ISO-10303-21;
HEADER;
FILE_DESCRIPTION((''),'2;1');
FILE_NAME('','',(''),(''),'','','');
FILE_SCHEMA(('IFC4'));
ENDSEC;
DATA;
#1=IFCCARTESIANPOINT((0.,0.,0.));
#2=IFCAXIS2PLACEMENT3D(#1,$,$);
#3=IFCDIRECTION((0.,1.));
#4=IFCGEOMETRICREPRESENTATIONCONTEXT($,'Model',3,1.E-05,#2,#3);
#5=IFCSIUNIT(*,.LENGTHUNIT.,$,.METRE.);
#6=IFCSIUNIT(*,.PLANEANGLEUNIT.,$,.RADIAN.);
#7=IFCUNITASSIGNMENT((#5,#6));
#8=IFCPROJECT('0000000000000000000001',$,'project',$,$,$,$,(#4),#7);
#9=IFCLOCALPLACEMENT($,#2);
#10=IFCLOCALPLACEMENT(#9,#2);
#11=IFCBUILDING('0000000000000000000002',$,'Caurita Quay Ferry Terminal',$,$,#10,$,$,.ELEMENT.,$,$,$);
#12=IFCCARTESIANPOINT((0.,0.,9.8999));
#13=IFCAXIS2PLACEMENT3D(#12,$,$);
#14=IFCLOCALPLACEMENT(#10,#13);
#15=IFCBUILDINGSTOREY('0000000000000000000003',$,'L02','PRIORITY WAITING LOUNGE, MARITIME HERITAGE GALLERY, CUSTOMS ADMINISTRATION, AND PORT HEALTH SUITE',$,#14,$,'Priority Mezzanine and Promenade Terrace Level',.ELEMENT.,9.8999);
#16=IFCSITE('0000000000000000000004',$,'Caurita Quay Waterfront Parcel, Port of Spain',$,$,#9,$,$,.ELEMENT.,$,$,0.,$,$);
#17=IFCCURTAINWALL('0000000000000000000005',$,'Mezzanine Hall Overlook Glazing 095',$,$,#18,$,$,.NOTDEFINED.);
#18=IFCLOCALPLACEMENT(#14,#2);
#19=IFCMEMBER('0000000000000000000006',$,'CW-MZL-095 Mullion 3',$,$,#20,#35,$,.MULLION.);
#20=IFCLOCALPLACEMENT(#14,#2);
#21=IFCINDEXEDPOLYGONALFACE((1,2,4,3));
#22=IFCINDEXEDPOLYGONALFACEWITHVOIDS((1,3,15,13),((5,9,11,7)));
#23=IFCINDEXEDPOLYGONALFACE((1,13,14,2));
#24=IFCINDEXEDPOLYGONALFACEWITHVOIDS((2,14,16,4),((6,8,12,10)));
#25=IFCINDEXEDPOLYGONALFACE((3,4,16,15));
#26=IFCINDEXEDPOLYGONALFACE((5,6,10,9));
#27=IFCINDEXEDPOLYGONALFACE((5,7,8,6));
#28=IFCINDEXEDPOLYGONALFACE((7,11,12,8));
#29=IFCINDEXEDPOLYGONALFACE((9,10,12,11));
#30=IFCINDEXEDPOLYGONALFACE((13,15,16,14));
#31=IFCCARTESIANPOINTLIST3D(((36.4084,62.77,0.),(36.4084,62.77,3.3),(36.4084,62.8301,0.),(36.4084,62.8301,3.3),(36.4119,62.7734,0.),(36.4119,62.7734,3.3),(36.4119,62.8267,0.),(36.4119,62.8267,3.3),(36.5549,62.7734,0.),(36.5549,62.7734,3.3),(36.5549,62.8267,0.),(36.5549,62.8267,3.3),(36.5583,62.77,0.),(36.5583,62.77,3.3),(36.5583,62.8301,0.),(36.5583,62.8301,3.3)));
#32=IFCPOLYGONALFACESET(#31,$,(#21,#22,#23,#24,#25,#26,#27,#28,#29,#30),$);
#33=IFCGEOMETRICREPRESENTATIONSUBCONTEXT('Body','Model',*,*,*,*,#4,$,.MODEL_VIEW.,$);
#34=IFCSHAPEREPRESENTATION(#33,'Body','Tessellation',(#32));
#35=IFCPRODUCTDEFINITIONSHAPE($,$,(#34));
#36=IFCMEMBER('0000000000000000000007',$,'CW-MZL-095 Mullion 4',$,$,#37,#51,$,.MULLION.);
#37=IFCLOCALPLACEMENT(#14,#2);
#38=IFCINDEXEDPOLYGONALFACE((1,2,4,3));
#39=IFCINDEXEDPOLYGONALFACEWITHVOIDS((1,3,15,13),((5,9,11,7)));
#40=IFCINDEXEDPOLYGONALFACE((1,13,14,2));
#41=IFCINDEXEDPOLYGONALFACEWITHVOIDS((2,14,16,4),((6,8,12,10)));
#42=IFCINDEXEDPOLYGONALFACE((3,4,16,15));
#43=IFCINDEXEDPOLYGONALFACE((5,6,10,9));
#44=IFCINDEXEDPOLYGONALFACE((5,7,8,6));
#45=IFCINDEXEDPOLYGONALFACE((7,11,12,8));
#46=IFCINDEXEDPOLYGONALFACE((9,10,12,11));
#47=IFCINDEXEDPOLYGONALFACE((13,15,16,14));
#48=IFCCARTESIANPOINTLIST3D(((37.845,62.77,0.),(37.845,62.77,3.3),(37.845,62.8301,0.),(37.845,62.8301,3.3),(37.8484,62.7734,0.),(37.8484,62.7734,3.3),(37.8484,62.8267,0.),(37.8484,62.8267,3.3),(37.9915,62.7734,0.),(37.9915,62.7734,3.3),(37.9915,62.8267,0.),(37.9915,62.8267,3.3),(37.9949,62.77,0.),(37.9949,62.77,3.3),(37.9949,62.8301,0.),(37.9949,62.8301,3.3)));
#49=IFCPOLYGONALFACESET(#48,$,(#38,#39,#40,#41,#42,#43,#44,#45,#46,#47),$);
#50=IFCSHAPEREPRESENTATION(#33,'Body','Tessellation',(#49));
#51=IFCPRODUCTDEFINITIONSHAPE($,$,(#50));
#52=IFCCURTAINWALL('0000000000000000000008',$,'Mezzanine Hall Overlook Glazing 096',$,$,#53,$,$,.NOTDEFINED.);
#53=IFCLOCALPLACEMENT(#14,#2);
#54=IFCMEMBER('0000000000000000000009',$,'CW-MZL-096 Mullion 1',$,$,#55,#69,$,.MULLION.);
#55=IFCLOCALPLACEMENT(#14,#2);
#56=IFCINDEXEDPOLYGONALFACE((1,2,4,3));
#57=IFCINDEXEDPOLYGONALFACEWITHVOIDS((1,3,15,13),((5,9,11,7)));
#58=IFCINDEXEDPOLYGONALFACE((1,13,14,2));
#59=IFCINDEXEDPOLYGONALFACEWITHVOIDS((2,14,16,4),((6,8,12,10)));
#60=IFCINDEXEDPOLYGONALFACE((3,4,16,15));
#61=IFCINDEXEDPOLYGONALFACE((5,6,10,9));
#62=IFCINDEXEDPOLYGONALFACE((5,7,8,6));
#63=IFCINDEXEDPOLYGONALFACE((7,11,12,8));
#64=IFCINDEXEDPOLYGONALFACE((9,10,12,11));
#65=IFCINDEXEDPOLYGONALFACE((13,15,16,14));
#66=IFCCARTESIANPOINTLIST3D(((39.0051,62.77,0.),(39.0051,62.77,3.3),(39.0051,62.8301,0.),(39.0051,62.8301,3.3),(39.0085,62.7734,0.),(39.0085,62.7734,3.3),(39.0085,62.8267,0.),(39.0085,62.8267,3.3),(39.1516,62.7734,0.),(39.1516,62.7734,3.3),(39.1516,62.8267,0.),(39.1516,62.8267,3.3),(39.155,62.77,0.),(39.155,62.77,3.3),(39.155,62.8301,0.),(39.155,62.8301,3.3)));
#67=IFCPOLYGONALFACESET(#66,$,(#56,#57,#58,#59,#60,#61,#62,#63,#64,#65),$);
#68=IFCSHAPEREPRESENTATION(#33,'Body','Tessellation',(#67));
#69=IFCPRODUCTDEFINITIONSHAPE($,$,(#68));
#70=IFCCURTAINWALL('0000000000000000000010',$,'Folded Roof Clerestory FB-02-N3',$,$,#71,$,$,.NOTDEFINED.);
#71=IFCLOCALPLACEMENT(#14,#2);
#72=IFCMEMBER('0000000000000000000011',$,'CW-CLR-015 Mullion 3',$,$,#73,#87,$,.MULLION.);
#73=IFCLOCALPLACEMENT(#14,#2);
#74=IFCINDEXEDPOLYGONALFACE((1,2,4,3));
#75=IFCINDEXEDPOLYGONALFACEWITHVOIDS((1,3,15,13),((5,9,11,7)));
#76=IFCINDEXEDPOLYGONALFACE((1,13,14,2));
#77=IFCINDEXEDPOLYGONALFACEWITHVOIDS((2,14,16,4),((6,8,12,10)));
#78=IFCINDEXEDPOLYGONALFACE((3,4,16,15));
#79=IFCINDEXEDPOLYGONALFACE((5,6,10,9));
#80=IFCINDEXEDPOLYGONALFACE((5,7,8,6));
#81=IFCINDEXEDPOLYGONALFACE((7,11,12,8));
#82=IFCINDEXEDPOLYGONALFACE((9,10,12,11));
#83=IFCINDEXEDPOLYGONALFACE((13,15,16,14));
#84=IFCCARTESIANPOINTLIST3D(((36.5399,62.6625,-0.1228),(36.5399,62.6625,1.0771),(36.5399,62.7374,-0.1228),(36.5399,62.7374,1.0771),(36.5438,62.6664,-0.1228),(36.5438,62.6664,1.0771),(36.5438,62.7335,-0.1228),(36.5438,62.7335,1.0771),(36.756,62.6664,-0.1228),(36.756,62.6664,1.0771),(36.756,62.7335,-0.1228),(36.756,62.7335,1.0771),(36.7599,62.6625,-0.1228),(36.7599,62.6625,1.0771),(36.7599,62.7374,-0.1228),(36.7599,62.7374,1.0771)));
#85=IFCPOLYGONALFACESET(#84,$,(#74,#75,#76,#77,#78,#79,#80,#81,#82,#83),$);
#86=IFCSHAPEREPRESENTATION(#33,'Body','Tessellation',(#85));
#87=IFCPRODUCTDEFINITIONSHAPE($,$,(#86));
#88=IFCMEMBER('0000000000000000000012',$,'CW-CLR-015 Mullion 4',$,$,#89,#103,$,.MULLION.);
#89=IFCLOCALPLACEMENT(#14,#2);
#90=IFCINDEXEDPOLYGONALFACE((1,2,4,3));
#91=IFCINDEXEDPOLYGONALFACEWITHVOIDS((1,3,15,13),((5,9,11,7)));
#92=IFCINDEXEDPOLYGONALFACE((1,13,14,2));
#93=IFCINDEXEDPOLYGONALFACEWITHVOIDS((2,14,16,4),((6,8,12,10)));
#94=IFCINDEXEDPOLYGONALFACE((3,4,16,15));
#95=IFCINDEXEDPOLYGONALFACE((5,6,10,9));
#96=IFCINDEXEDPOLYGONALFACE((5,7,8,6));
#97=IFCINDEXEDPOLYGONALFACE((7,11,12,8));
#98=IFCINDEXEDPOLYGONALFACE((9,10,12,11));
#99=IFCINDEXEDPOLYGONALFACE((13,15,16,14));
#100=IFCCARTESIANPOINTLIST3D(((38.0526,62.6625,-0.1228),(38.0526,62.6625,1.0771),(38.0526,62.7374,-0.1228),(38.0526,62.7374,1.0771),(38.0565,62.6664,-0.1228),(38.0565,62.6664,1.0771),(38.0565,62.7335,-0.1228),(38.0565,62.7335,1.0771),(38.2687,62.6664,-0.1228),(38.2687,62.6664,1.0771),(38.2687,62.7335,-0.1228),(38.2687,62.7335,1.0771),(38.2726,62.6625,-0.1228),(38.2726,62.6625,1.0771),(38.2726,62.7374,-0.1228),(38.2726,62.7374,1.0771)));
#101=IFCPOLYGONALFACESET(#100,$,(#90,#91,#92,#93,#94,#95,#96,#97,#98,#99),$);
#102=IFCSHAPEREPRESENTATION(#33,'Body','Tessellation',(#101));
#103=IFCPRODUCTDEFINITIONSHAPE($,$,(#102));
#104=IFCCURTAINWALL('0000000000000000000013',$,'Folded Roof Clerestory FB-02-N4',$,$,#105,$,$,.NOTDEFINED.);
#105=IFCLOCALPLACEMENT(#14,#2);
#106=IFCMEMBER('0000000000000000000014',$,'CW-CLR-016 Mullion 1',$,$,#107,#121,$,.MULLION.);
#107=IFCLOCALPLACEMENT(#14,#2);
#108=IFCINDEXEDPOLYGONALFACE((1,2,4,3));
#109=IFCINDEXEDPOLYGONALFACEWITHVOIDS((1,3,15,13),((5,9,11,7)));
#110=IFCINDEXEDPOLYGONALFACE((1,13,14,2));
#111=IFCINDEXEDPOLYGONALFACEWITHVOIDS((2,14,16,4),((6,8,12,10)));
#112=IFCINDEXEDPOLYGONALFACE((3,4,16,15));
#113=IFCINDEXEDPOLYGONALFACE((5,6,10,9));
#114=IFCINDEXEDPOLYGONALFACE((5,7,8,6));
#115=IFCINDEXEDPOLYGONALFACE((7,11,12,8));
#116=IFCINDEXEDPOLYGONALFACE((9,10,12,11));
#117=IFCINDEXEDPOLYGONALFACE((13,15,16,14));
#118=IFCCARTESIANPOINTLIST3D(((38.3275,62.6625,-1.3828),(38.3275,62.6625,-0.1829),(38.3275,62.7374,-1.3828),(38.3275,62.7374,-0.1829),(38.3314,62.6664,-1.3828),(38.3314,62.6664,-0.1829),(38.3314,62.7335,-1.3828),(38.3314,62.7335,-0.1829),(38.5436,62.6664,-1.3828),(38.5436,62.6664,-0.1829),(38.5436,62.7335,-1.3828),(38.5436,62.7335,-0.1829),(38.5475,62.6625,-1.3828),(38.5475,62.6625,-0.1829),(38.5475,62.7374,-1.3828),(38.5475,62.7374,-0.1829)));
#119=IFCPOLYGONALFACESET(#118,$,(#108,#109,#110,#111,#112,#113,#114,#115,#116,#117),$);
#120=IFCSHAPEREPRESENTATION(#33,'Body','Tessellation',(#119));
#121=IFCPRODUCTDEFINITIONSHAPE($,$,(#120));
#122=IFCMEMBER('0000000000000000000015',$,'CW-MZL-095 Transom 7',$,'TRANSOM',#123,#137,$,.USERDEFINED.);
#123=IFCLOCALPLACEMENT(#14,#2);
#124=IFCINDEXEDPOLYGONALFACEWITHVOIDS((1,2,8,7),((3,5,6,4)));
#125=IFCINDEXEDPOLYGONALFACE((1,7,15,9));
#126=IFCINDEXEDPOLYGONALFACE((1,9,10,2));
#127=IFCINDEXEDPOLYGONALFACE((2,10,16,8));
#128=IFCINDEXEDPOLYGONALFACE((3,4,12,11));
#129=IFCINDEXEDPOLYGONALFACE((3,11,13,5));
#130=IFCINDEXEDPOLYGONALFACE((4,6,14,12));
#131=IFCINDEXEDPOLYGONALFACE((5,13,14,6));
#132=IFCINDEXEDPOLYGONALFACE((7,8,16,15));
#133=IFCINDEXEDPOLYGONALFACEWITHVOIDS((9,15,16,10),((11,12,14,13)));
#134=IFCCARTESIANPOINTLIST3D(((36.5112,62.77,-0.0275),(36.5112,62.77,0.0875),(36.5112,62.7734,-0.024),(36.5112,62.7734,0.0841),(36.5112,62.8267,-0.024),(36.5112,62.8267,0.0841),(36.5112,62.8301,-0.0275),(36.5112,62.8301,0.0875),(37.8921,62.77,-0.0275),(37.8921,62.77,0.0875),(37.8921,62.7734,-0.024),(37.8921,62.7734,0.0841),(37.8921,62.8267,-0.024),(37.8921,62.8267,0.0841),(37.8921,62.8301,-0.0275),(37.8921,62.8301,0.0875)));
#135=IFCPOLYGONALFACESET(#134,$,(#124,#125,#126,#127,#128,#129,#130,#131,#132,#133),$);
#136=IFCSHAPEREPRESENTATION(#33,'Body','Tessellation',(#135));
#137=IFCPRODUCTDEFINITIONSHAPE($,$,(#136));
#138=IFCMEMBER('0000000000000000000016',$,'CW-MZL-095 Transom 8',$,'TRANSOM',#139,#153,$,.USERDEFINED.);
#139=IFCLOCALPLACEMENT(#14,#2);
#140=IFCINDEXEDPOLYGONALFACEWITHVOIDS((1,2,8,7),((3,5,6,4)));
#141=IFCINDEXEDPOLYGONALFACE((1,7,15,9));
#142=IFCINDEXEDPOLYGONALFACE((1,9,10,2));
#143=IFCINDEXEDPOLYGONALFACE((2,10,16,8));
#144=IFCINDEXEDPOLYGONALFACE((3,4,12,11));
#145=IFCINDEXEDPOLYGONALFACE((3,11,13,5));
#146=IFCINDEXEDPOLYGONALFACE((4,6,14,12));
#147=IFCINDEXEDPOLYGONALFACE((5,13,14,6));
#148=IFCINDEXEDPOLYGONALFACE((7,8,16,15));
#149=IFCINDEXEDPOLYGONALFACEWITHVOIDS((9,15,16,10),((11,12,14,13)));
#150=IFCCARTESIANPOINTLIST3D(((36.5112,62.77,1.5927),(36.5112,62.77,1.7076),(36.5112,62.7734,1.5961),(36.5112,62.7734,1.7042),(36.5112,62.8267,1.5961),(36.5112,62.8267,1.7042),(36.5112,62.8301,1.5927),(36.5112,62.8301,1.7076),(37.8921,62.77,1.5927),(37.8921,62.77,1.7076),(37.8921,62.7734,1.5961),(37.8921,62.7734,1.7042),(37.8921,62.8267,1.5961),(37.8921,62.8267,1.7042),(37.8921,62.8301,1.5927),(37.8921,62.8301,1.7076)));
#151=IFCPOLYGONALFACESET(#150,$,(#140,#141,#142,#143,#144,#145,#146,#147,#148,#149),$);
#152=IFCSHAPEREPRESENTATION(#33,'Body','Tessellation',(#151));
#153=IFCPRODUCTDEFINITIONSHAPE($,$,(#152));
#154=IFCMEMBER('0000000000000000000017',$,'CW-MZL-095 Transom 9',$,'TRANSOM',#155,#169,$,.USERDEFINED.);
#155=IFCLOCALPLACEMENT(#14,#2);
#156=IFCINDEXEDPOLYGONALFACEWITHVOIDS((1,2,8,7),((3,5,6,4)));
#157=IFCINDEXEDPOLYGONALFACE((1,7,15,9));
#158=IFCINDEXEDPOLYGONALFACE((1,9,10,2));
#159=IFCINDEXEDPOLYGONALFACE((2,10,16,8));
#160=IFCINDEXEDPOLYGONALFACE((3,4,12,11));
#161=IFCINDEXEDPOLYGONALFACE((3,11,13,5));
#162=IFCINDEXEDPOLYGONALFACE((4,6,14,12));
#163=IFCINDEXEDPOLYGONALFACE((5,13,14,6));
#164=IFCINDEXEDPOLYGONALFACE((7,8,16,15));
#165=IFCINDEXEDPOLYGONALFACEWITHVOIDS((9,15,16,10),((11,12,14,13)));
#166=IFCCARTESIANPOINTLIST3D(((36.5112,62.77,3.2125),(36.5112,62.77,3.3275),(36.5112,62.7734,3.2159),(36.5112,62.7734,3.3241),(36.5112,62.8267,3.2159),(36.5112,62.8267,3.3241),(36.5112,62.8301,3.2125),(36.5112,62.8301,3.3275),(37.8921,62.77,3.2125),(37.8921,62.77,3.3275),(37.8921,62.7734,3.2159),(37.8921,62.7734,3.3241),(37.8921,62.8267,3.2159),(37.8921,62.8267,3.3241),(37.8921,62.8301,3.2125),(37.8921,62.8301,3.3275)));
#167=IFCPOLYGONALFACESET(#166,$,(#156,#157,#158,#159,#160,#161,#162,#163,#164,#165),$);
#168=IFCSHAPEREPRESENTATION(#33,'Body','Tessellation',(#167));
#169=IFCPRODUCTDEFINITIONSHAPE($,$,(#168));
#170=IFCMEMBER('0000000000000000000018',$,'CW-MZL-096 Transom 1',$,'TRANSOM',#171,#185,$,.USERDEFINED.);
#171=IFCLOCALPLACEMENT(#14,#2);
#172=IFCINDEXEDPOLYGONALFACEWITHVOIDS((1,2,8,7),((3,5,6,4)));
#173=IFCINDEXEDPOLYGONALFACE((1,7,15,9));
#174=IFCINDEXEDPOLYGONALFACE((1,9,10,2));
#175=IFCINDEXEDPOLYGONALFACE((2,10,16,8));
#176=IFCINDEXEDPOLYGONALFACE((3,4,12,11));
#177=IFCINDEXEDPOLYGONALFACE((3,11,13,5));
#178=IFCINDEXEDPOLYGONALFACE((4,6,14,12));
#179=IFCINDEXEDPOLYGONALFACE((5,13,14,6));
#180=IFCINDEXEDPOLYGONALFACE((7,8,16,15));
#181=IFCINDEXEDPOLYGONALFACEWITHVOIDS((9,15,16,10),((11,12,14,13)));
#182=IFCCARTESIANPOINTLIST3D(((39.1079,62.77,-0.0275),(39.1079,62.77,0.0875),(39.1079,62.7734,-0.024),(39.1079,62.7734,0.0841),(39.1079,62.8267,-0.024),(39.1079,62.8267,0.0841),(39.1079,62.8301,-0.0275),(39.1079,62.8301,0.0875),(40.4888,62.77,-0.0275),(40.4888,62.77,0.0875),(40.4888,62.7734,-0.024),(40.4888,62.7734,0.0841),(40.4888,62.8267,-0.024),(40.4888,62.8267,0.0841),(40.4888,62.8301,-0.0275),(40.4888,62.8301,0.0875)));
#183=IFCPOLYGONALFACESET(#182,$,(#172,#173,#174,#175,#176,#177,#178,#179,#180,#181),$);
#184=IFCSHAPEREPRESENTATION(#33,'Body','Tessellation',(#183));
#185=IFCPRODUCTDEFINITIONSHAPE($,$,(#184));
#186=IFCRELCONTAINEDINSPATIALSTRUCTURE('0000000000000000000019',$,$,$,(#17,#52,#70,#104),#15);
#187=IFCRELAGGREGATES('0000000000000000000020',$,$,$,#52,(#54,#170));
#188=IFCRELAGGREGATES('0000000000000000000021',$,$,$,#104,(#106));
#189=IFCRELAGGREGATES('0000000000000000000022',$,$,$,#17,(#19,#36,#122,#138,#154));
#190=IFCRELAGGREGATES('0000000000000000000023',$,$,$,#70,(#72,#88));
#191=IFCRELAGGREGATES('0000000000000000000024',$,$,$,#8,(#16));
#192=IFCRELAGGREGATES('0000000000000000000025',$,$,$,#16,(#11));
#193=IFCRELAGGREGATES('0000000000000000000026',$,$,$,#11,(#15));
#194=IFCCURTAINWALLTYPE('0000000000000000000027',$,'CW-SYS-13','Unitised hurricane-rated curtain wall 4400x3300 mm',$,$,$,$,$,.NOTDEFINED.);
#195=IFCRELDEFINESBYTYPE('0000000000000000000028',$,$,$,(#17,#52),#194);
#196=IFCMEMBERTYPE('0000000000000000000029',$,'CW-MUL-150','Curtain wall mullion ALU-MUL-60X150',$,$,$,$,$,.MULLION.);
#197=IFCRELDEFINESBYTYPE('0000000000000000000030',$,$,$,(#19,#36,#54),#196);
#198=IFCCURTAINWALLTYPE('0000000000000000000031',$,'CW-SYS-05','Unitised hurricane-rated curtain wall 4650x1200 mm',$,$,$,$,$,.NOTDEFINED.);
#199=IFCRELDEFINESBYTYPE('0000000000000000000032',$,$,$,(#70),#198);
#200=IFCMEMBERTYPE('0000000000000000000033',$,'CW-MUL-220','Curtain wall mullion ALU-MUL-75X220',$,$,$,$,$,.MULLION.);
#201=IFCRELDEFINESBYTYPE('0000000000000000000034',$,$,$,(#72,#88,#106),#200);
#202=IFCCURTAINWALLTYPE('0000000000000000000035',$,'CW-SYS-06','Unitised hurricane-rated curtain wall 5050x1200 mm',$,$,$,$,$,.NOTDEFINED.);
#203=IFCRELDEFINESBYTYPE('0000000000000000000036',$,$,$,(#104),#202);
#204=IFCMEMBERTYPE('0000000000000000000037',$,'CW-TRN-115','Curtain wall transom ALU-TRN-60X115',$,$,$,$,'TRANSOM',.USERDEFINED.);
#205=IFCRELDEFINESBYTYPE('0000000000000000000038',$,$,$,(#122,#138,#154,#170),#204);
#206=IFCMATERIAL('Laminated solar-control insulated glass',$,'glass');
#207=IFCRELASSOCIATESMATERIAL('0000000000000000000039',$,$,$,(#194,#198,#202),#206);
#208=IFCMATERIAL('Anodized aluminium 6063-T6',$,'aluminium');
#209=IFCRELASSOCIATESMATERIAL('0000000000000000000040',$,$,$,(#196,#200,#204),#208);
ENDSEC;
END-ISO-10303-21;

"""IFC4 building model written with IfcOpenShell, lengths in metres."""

from ifc_helpers import new_model, si_unit, direction, frame, origin, origin_2d, place, context, subcontext, project, spatial, hollow_rectangle, extrude, material, material_profile, profile_set, type_object, element, aggregate, save


model = new_model("IFC4")

# Units and contexts
model_context = context("Model", 3, precision=1e-05, world=origin(), true_north=direction((0.0, 1.0)))
body_context = subcontext(model_context, "Body", "Model", "MODEL_VIEW")
ifc_project = project(units=[si_unit("LENGTHUNIT", "METRE"), si_unit("PLANEANGLEUNIT", "RADIAN")], contexts=[model_context])

# Site, building, storey
site_placement = place(None, origin())
site = spatial("IfcSite", under=ifc_project, at=site_placement, Name="Caurita Quay Waterfront Parcel, Port of Spain", CompositionType="ELEMENT", RefElevation=0.0)
building_placement = place(site_placement, origin())
building = spatial("IfcBuilding", under=site, at=building_placement, Name="Caurita Quay Ferry Terminal", CompositionType="ELEMENT")
storey_placement = place(building_placement, frame((0.0, 0.0, 9.8999)))
storey = spatial("IfcBuildingStorey", under=building, at=storey_placement, Name="L02", Description="PRIORITY WAITING LOUNGE, MARITIME HERITAGE GALLERY, CUSTOMS ADMINISTRATION, AND PORT HEALTH SUITE", LongName="Priority Mezzanine and Promenade Terrace Level", CompositionType="ELEMENT", Elevation=9.8999)

# Curtain wall, members
ifc_material_1 = material(Name="Laminated solar-control insulated glass", Category="glass")
curtain_wall_type_1 = type_object("IfcCurtainWallType", Name="CW-SYS-13", Description="Unitised hurricane-rated curtain wall 4400x3300 mm", PredefinedType="NOTDEFINED", material=ifc_material_1)
curtain_wall_1_placement = place(storey_placement, origin())
curtain_wall_1 = element("IfcCurtainWall", 1, at=curtain_wall_1_placement, inside=storey, type_object=curtain_wall_type_1, Name="Mezzanine Hall Overlook Glazing 095", PredefinedType="NOTDEFINED")
ifc_material_2 = material(Name="Anodized aluminium 6063-T6", Category="aluminium")
ifc_material_profile_1 = material_profile(ifc_material_2, hollow_rectangle(XDim=0.0601, YDim=0.1499, WallThickness=0.0034, at=origin_2d()), Name="ALU-MUL-60X150")
ifc_profile_set_1 = profile_set([ifc_material_profile_1], Name="Anodized aluminium 6063-T6")
member_type_1 = type_object("IfcMemberType", Name="CW-MUL-150", Description="Curtain wall mullion ALU-MUL-60X150", PredefinedType="MULLION", material=ifc_profile_set_1)
member_1_placement = place(storey_placement, frame((36.4834, 62.8, 0.0), z_axis=(0.0, 0.0, 1.0), x_axis=(0.0, 1.0, 0.0)))
member_1 = element("IfcMember", 2, at=member_1_placement, type_object=member_type_1, Name="CW-MZL-095 Mullion 3", PredefinedType="MULLION", context=body_context, shape_type="SweptSolid", body=[
    extrude(hollow_rectangle(XDim=0.0601, YDim=0.1499, WallThickness=0.0034, at=origin_2d()), origin(), (0.0, 0.0, 1.0), 3.3),
])
member_2_placement = place(storey_placement, frame((37.9199, 62.8, 0.0), z_axis=(0.0, 0.0, 1.0), x_axis=(0.0, 1.0, 0.0)))
member_2 = element("IfcMember", 3, at=member_2_placement, type_object=member_type_1, Name="CW-MZL-095 Mullion 4", PredefinedType="MULLION", context=body_context, shape_type="SweptSolid", body=[
    extrude(hollow_rectangle(XDim=0.0601, YDim=0.1499, WallThickness=0.0034, at=origin_2d()), origin(), (0.0, 0.0, 1.0), 3.3),
])

# Curtain wall, member
curtain_wall_2_placement = place(storey_placement, origin())
curtain_wall_2 = element("IfcCurtainWall", 4, at=curtain_wall_2_placement, inside=storey, type_object=curtain_wall_type_1, Name="Mezzanine Hall Overlook Glazing 096", PredefinedType="NOTDEFINED")
member_3_placement = place(storey_placement, frame((39.0801, 62.8, 0.0), z_axis=(0.0, 0.0, 1.0), x_axis=(0.0, 1.0, 0.0)))
member_3 = element("IfcMember", 5, at=member_3_placement, type_object=member_type_1, Name="CW-MZL-096 Mullion 1", PredefinedType="MULLION", context=body_context, shape_type="SweptSolid", body=[
    extrude(hollow_rectangle(XDim=0.0601, YDim=0.1499, WallThickness=0.0034, at=origin_2d()), origin(), (0.0, 0.0, 1.0), 3.3),
])

# Curtain wall, members
curtain_wall_type_2 = type_object("IfcCurtainWallType", Name="CW-SYS-05", Description="Unitised hurricane-rated curtain wall 4650x1200 mm", PredefinedType="NOTDEFINED", material=ifc_material_1)
curtain_wall_3_placement = place(storey_placement, origin())
curtain_wall_3 = element("IfcCurtainWall", 6, at=curtain_wall_3_placement, inside=storey, type_object=curtain_wall_type_2, Name="Folded Roof Clerestory FB-02-N3", PredefinedType="NOTDEFINED")
ifc_material_profile_2 = material_profile(ifc_material_2, hollow_rectangle(XDim=0.075, YDim=0.22, WallThickness=0.0039, at=origin_2d()), Name="ALU-MUL-75X220")
ifc_profile_set_2 = profile_set([ifc_material_profile_2], Name="Anodized aluminium 6063-T6")
member_type_2 = type_object("IfcMemberType", Name="CW-MUL-220", Description="Curtain wall mullion ALU-MUL-75X220", PredefinedType="MULLION", material=ifc_profile_set_2)
member_4_placement = place(storey_placement, frame((36.6499, 62.7, -0.1228), z_axis=(0.0, 0.0, 1.0), x_axis=(0.0, 1.0, 0.0)))
member_4 = element("IfcMember", 7, at=member_4_placement, type_object=member_type_2, Name="CW-CLR-015 Mullion 3", PredefinedType="MULLION", context=body_context, shape_type="SweptSolid", body=[
    extrude(hollow_rectangle(XDim=0.075, YDim=0.22, WallThickness=0.0039, at=origin_2d()), origin(), (0.0, 0.0, 1.0), 1.2),
])
member_5_placement = place(storey_placement, frame((38.1626, 62.7, -0.1228), z_axis=(0.0, 0.0, 1.0), x_axis=(0.0, 1.0, 0.0)))
member_5 = element("IfcMember", 8, at=member_5_placement, type_object=member_type_2, Name="CW-CLR-015 Mullion 4", PredefinedType="MULLION", context=body_context, shape_type="SweptSolid", body=[
    extrude(hollow_rectangle(XDim=0.075, YDim=0.22, WallThickness=0.0039, at=origin_2d()), origin(), (0.0, 0.0, 1.0), 1.2),
])

# Curtain wall, member
curtain_wall_type_3 = type_object("IfcCurtainWallType", Name="CW-SYS-06", Description="Unitised hurricane-rated curtain wall 5050x1200 mm", PredefinedType="NOTDEFINED", material=ifc_material_1)
curtain_wall_4_placement = place(storey_placement, origin())
curtain_wall_4 = element("IfcCurtainWall", 9, at=curtain_wall_4_placement, inside=storey, type_object=curtain_wall_type_3, Name="Folded Roof Clerestory FB-02-N4", PredefinedType="NOTDEFINED")
member_6_placement = place(storey_placement, frame((38.4375, 62.7, -1.3828), z_axis=(0.0, 0.0, 1.0), x_axis=(0.0, 1.0, 0.0)))
member_6 = element("IfcMember", 10, at=member_6_placement, type_object=member_type_2, Name="CW-CLR-016 Mullion 1", PredefinedType="MULLION", context=body_context, shape_type="SweptSolid", body=[
    extrude(hollow_rectangle(XDim=0.075, YDim=0.22, WallThickness=0.0039, at=origin_2d()), origin(), (0.0, 0.0, 1.0), 1.2),
])

# Members
ifc_material_profile_3 = material_profile(ifc_material_2, hollow_rectangle(XDim=0.0601, YDim=0.115, WallThickness=0.0034, at=origin_2d()), Name="ALU-TRN-60X115")
ifc_profile_set_3 = profile_set([ifc_material_profile_3], Name="Anodized aluminium 6063-T6")
member_type_3 = type_object("IfcMemberType", Name="CW-TRN-115", Description="Curtain wall transom ALU-TRN-60X115", ElementType="TRANSOM", PredefinedType="USERDEFINED", material=ifc_profile_set_3)
member_7_placement = place(storey_placement, frame((36.5112, 62.8, 0.03), z_axis=(1.0, 0.0, 0.0), x_axis=(0.0, 1.0, 0.0)))
member_7 = element("IfcMember", 11, at=member_7_placement, type_object=member_type_3, Name="CW-MZL-095 Transom 7", ObjectType="TRANSOM", PredefinedType="USERDEFINED", context=body_context, shape_type="SweptSolid", body=[
    extrude(hollow_rectangle(XDim=0.0601, YDim=0.115, WallThickness=0.0034, at=origin_2d()), origin(), (0.0, 0.0, 1.0), 1.3809),
])
member_8_placement = place(storey_placement, frame((36.5112, 62.8, 1.6501), z_axis=(1.0, 0.0, 0.0), x_axis=(0.0, 1.0, 0.0)))
member_8 = element("IfcMember", 12, at=member_8_placement, type_object=member_type_3, Name="CW-MZL-095 Transom 8", ObjectType="TRANSOM", PredefinedType="USERDEFINED", context=body_context, shape_type="SweptSolid", body=[
    extrude(hollow_rectangle(XDim=0.0601, YDim=0.115, WallThickness=0.0034, at=origin_2d()), origin(), (0.0, 0.0, 1.0), 1.3809),
])
member_9_placement = place(storey_placement, frame((36.5112, 62.8, 3.27), z_axis=(1.0, 0.0, 0.0), x_axis=(0.0, 1.0, 0.0)))
member_9 = element("IfcMember", 13, at=member_9_placement, type_object=member_type_3, Name="CW-MZL-095 Transom 9", ObjectType="TRANSOM", PredefinedType="USERDEFINED", context=body_context, shape_type="SweptSolid", body=[
    extrude(hollow_rectangle(XDim=0.0601, YDim=0.115, WallThickness=0.0034, at=origin_2d()), origin(), (0.0, 0.0, 1.0), 1.3809),
])
member_10_placement = place(storey_placement, frame((39.1079, 62.8, 0.03), z_axis=(1.0, 0.0, 0.0), x_axis=(0.0, 1.0, 0.0)))
member_10 = element("IfcMember", 14, at=member_10_placement, type_object=member_type_3, Name="CW-MZL-096 Transom 1", ObjectType="TRANSOM", PredefinedType="USERDEFINED", context=body_context, shape_type="SweptSolid", body=[
    extrude(hollow_rectangle(XDim=0.0601, YDim=0.115, WallThickness=0.0034, at=origin_2d()), origin(), (0.0, 0.0, 1.0), 1.3809),
])
aggregate(curtain_wall_2, [member_3, member_10])
aggregate(curtain_wall_4, [member_6])

aggregate(curtain_wall_1, [member_1, member_2, member_7, member_8, member_9])
aggregate(curtain_wall_3, [member_4, member_5])

save(model, "model.ifc")
